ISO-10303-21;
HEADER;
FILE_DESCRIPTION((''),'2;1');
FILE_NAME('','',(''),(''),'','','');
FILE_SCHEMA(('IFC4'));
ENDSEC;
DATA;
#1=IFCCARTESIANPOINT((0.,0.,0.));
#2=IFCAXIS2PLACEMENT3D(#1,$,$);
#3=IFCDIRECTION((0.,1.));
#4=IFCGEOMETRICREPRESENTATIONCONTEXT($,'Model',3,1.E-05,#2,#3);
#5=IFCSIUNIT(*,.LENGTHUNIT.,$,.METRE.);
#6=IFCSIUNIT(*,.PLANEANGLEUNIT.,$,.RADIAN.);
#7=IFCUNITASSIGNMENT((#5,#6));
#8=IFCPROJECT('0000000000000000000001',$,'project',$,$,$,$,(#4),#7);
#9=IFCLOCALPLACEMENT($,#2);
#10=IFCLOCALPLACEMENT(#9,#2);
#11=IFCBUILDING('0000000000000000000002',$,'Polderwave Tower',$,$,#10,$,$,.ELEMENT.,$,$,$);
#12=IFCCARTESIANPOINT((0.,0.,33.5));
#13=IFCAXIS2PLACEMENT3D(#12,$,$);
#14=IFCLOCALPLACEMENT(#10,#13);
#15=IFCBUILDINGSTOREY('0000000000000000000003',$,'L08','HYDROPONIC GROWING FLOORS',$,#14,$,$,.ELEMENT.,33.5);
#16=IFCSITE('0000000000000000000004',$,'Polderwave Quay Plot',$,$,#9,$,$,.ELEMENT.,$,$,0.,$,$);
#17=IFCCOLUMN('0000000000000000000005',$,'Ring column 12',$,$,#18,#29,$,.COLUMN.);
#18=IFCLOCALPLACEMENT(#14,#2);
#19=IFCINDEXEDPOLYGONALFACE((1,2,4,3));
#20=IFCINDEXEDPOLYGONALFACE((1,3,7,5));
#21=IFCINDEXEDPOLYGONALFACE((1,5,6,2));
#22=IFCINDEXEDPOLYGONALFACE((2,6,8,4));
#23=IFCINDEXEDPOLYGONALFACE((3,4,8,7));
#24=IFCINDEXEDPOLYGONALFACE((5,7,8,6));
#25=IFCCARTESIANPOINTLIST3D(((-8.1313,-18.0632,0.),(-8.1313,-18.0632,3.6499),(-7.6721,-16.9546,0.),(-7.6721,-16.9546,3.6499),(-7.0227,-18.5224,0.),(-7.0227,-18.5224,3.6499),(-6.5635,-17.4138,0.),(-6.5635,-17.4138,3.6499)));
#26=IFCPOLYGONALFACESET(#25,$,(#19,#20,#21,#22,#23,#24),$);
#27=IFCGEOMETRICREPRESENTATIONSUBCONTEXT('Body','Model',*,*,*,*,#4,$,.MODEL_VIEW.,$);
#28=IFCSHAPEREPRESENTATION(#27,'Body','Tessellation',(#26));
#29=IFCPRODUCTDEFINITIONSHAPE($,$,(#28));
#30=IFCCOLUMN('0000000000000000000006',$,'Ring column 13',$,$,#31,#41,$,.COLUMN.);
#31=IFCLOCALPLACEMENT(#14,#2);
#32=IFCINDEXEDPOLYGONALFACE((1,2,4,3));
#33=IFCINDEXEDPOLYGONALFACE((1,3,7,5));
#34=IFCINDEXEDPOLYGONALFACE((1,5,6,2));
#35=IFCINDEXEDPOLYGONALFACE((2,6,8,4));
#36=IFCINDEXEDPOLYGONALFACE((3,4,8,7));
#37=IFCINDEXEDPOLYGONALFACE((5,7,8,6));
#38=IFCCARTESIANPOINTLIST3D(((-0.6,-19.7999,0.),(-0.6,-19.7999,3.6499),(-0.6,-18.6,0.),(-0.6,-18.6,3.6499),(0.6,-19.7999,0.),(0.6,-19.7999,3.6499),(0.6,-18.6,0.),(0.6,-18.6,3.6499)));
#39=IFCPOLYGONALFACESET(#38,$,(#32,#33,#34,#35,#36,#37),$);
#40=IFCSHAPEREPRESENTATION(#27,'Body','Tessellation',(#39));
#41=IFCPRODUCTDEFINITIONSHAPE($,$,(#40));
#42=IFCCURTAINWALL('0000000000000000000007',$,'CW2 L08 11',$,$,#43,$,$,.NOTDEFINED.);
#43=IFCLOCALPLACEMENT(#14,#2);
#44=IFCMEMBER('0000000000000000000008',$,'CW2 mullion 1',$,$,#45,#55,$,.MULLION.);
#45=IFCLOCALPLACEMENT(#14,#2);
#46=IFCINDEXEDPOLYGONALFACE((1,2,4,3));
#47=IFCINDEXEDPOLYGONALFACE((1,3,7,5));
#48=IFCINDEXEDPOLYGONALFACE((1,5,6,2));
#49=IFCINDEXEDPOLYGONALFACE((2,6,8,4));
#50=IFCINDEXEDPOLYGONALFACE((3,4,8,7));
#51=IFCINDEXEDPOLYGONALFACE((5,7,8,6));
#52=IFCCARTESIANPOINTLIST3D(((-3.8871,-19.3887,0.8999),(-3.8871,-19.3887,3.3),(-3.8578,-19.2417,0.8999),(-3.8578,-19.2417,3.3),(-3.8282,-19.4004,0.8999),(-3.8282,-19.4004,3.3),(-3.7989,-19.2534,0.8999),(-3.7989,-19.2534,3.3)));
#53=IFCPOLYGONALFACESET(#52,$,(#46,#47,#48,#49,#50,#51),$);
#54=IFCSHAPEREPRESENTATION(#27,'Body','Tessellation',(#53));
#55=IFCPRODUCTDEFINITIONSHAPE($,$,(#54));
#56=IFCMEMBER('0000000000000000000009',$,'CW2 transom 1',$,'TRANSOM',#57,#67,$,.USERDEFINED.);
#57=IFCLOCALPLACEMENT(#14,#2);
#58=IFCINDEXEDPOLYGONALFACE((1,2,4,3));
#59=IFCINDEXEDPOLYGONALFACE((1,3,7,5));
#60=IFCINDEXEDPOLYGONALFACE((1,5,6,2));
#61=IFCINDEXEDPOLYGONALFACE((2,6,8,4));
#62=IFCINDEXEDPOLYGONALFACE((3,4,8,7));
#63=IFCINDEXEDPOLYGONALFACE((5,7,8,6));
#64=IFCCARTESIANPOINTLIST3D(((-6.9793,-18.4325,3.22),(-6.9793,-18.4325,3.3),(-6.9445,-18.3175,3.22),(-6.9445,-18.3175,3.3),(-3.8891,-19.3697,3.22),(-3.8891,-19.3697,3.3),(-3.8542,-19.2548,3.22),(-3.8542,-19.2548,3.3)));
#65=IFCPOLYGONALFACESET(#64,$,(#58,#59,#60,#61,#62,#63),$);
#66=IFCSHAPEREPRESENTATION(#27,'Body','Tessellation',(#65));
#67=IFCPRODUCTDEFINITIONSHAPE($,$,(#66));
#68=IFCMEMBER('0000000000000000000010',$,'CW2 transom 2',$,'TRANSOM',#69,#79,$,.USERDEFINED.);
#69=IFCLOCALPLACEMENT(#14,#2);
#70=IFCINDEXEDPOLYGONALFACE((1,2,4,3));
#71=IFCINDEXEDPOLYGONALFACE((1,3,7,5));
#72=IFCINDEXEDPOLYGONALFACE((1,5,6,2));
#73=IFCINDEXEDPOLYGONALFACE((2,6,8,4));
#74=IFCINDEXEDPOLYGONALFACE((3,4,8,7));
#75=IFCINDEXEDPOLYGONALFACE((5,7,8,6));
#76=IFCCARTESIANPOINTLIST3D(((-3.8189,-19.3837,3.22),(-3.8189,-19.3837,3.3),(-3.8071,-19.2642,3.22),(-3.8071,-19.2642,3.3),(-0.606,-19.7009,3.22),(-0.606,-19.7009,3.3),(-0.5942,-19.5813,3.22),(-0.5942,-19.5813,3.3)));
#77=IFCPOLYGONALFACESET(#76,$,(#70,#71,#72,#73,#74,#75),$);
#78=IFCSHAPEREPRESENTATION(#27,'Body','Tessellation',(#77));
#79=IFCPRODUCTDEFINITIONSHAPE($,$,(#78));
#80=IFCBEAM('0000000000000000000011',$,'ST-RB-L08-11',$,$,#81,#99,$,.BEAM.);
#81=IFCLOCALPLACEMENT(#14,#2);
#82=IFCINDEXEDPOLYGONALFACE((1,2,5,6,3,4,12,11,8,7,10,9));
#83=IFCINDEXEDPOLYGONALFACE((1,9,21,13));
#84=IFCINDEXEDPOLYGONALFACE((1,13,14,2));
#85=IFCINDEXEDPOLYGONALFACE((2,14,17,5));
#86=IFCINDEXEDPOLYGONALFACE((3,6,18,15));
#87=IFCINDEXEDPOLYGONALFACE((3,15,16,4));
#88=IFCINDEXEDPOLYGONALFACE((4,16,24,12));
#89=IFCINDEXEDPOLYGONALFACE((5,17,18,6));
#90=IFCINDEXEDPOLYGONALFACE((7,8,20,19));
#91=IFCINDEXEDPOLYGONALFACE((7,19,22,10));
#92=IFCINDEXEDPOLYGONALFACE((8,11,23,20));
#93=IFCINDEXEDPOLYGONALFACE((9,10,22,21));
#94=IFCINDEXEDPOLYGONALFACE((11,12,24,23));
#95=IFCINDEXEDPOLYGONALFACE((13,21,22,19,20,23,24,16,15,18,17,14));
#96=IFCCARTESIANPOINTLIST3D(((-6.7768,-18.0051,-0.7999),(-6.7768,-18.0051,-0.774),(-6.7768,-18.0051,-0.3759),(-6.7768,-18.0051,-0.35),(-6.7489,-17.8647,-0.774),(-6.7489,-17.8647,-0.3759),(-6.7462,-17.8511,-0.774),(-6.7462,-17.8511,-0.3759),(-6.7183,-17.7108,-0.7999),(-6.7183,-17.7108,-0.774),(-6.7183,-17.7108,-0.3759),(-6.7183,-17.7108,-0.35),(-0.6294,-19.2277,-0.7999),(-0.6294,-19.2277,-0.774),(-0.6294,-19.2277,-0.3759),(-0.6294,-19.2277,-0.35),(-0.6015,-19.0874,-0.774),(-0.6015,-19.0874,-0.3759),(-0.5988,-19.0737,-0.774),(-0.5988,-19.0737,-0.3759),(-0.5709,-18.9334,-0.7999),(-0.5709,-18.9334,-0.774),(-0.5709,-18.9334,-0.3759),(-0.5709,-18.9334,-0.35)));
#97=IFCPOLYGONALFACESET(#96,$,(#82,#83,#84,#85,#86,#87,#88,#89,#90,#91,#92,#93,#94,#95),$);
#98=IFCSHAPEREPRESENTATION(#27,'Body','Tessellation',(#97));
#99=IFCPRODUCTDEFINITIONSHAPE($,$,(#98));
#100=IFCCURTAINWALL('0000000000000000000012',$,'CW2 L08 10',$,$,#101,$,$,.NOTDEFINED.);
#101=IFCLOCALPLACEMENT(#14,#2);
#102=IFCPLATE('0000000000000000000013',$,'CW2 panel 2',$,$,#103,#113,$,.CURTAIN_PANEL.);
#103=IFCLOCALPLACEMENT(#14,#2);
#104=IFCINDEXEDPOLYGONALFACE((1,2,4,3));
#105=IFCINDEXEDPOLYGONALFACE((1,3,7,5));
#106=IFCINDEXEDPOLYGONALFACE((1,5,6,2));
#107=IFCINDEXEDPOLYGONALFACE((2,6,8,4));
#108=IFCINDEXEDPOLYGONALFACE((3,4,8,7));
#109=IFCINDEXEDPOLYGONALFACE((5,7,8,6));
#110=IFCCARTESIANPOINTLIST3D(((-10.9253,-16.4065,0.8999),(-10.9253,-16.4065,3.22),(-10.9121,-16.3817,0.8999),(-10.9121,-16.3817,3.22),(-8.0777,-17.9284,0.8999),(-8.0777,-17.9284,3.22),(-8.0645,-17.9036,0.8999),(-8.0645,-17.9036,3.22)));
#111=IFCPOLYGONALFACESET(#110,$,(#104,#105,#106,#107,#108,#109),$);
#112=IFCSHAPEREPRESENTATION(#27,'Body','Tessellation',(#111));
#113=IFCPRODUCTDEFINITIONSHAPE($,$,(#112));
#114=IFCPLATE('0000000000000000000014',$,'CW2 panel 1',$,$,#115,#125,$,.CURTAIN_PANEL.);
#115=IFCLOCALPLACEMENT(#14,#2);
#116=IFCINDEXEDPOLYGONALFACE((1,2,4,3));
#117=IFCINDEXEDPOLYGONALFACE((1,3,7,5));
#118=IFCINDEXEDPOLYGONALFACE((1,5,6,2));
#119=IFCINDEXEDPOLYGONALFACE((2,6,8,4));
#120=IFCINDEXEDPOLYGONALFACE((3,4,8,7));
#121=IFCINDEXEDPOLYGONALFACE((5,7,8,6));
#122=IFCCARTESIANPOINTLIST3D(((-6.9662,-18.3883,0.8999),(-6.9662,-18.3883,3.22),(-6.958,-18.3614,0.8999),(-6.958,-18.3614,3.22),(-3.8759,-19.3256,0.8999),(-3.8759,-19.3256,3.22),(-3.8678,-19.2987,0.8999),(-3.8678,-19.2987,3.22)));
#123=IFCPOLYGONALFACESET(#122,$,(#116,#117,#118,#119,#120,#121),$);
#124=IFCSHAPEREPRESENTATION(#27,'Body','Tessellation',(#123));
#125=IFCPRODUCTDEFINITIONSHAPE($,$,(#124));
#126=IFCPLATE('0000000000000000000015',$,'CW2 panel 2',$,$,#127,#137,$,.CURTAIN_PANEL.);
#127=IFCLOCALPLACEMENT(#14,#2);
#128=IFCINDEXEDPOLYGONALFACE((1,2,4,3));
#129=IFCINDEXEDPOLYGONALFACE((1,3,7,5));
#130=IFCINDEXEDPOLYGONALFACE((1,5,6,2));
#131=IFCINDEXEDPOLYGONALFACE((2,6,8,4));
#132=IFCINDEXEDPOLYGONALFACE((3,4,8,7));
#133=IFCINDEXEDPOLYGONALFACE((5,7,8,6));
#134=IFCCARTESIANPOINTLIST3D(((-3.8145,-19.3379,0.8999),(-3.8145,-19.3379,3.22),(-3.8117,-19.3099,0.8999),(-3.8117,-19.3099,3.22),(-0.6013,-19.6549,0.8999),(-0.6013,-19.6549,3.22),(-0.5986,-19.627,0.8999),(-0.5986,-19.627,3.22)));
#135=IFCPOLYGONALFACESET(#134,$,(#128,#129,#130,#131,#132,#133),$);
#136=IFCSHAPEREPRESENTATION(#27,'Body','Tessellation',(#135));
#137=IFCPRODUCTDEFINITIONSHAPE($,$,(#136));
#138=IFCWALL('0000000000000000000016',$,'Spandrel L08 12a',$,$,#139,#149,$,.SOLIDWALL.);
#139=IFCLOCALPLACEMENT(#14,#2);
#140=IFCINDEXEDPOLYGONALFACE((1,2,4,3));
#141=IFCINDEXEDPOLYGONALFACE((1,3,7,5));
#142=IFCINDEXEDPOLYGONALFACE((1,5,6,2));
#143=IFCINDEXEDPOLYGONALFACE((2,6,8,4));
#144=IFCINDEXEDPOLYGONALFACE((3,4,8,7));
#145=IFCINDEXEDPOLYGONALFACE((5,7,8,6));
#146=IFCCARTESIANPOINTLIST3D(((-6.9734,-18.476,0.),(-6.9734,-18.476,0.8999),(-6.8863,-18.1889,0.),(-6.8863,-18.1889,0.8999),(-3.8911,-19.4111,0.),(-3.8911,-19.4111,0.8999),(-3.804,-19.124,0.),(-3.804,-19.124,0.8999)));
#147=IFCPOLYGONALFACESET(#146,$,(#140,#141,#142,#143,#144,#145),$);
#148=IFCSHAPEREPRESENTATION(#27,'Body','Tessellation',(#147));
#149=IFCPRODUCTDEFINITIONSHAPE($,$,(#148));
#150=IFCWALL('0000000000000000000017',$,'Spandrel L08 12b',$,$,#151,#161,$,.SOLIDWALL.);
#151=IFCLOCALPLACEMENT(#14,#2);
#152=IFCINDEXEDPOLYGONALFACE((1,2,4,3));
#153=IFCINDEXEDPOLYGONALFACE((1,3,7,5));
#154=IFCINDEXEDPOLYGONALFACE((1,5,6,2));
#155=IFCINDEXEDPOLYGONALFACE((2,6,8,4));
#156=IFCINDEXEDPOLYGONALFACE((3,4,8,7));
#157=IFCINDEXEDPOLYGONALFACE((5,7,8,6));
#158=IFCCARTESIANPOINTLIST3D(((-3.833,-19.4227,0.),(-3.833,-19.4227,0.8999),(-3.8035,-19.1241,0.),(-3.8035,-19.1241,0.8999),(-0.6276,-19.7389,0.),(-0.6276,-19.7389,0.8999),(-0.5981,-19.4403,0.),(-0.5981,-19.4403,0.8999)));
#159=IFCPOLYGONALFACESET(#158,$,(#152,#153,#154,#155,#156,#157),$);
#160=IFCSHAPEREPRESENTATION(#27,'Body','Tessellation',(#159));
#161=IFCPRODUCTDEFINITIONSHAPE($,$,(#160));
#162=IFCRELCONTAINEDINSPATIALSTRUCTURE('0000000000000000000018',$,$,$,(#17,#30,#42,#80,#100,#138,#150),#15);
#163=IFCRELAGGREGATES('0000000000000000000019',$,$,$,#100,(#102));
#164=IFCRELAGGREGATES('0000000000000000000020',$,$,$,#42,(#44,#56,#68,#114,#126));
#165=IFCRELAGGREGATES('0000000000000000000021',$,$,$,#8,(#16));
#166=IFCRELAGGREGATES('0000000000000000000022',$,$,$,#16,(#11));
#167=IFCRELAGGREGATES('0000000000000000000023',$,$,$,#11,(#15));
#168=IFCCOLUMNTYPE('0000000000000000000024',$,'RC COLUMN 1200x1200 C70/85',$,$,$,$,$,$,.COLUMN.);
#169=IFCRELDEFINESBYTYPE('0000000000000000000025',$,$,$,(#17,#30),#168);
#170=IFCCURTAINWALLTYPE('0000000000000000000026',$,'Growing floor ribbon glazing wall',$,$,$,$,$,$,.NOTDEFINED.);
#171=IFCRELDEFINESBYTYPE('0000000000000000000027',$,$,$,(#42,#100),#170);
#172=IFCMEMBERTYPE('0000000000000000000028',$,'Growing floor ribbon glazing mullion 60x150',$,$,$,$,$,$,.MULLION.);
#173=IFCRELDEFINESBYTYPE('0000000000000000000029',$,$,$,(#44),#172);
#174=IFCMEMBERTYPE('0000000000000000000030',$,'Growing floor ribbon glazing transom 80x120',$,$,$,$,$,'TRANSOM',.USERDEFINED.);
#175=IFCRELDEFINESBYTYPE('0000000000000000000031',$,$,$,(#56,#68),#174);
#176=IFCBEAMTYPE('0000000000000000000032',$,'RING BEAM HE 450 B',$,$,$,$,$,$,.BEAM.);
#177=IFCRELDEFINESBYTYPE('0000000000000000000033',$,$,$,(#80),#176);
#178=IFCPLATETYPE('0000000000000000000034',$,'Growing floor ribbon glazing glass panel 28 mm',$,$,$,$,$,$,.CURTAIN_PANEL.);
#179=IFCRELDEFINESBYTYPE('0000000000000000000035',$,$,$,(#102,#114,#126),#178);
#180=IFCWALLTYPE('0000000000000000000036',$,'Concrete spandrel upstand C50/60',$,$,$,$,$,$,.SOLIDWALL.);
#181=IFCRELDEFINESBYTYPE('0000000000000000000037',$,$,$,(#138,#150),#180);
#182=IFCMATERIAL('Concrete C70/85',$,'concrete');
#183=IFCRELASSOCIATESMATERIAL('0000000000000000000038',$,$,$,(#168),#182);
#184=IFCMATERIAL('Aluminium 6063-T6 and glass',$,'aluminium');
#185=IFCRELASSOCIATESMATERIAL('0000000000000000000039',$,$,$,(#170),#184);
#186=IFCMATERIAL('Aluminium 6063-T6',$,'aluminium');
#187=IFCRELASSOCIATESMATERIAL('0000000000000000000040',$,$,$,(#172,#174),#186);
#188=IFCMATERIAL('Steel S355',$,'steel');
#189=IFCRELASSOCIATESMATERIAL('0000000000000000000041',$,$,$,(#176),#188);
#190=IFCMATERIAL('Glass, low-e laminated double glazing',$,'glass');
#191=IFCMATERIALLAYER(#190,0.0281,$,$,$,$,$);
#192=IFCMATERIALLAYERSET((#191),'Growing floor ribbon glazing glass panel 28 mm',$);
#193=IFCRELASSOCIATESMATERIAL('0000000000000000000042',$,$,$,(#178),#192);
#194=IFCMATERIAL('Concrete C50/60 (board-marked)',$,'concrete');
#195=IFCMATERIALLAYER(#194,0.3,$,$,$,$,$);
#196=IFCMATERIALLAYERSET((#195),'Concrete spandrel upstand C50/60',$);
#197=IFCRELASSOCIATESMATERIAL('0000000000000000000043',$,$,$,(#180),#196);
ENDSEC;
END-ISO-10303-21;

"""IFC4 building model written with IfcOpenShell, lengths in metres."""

from ifc_helpers import new_model, si_unit, direction, frame, frame_2d, origin, origin_2d, place, context, subcontext, project, spatial, rectangle, i_section, extrude, material, layer, layer_set, material_profile, profile_set, type_object, element, aggregate, save


model = new_model("IFC4")

# Units and contexts
model_context = context("Model", 3, precision=1e-05, world=origin(), true_north=direction((0.0, 1.0)))
body_context = subcontext(model_context, "Body", "Model", "MODEL_VIEW")
ifc_project = project(units=[si_unit("LENGTHUNIT", "METRE"), si_unit("PLANEANGLEUNIT", "RADIAN")], contexts=[model_context])

# Site, building, storey
site_placement = place(None, origin())
site = spatial("IfcSite", under=ifc_project, at=site_placement, Name="Polderwave Quay Plot", CompositionType="ELEMENT", RefElevation=0.0)
building_placement = place(site_placement, origin())
building = spatial("IfcBuilding", under=site, at=building_placement, Name="Polderwave Tower", CompositionType="ELEMENT")
storey_placement = place(building_placement, frame((0.0, 0.0, 33.5)))
storey = spatial("IfcBuildingStorey", under=building, at=storey_placement, Name="L08", Description="HYDROPONIC GROWING FLOORS", CompositionType="ELEMENT", Elevation=33.5)

# Columns
ifc_material_1 = material(Name="Concrete C70/85", Category="concrete")
ifc_material_profile_1 = material_profile(ifc_material_1, rectangle(XDim=1.2, YDim=1.2, at=origin_2d()), Name="RC 1200x1200")
ifc_profile_set_1 = profile_set([ifc_material_profile_1], Name="Concrete C70/85")
column_type = type_object("IfcColumnType", Name="RC COLUMN 1200x1200 C70/85", PredefinedType="COLUMN", material=ifc_profile_set_1)
for number, where, z_axis, x_axis, name in (
    (1, (-7.3474, -17.7385, 0.0), (0.0, 0.0, 1.0), (-0.382683, -0.92388, 0.0), "Ring column 12"),
    (2, (0.0, -19.2, 0.0), (0.0, 0.0, 1.0), (0.0, -1.0, 0.0), "Ring column 13"),
):
    element("IfcColumn", number, at=place(storey_placement, frame(where, z_axis=z_axis, x_axis=x_axis)), inside=storey, type_object=column_type, Name=name, PredefinedType="COLUMN", context=body_context, shape_type="SweptSolid", body=[
        extrude(rectangle(XDim=1.2, YDim=1.2, at=origin_2d()), origin(), (0.0, 0.0, 1.0), 3.6499),
    ])

# Curtain wall, members
ifc_material_2 = material(Name="Aluminium 6063-T6 and glass", Category="aluminium")
curtain_wall_type = type_object("IfcCurtainWallType", Name="Growing floor ribbon glazing wall", PredefinedType="NOTDEFINED", material=ifc_material_2)
curtain_wall_1_placement = place(storey_placement, origin())
curtain_wall_1 = element("IfcCurtainWall", 3, at=curtain_wall_1_placement, inside=storey, type_object=curtain_wall_type, Name="CW2 L08 11", PredefinedType="NOTDEFINED")
ifc_material_3 = material(Name="Aluminium 6063-T6", Category="aluminium")
ifc_material_profile_2 = material_profile(ifc_material_3, rectangle(XDim=0.1499, YDim=0.0601, at=origin_2d()), Name="AL 60x150")
ifc_profile_set_2 = profile_set([ifc_material_profile_2], Name="Aluminium 6063-T6")
member_type_1 = type_object("IfcMemberType", Name="Growing floor ribbon glazing mullion 60x150", PredefinedType="MULLION", material=ifc_profile_set_2)
member_1_placement = place(storey_placement, frame((-3.843, -19.321, 0.8999), z_axis=(0.0, 0.0, 1.0), x_axis=(0.195159, 0.980772, 0.0)))
member_1 = element("IfcMember", 4, at=member_1_placement, type_object=member_type_1, Name="CW2 mullion 1", PredefinedType="MULLION", context=body_context, shape_type="SweptSolid", body=[
    extrude(rectangle(XDim=0.1499, YDim=0.0601, at=origin_2d()), origin(), (0.0, 0.0, 1.0), 2.4001),
])
ifc_material_profile_3 = material_profile(ifc_material_3, rectangle(XDim=0.1201, YDim=0.0801, at=origin_2d()), Name="AL 80x120")
ifc_profile_set_3 = profile_set([ifc_material_profile_3], Name="Aluminium 6063-T6")
member_type_2 = type_object("IfcMemberType", Name="Growing floor ribbon glazing transom 80x120", ElementType="TRANSOM", PredefinedType="USERDEFINED", material=ifc_profile_set_3)
member_2_placement = place(storey_placement, frame((-6.9619, -18.375, 3.26), z_axis=(0.956956, -0.290232, 0.0), x_axis=(0.290232, 0.956956, 0.0)))
member_2 = element("IfcMember", 5, at=member_2_placement, type_object=member_type_2, Name="CW2 transom 1", ObjectType="TRANSOM", PredefinedType="USERDEFINED", context=body_context, shape_type="SweptSolid", body=[
    extrude(rectangle(XDim=0.1201, YDim=0.0801, at=origin_2d()), origin(), (0.0, 0.0, 1.0), 3.2292),
])
member_3_placement = place(storey_placement, frame((-3.813, -19.324, 3.26), z_axis=(0.995164, -0.098231, 0.0), x_axis=(0.098231, 0.995164, 0.0)))
member_3 = element("IfcMember", 6, at=member_3_placement, type_object=member_type_2, Name="CW2 transom 2", ObjectType="TRANSOM", PredefinedType="USERDEFINED", context=body_context, shape_type="SweptSolid", body=[
    extrude(rectangle(XDim=0.1201, YDim=0.0801, at=origin_2d()), origin(), (0.0, 0.0, 1.0), 3.2285),
])

# Beam
ifc_material_4 = material(Name="Steel S355", Category="steel")
ifc_material_profile_4 = material_profile(ifc_material_4, i_section(OverallWidth=0.3, OverallDepth=0.45, WebThickness=0.0139, FlangeThickness=0.0259, at=origin_2d()), Name="HE 450 B")
ifc_profile_set_4 = profile_set([ifc_material_profile_4], Name="Steel S355")
beam_type = type_object("IfcBeamType", Name="RING BEAM HE 450 B", PredefinedType="BEAM", material=ifc_profile_set_4)
beam_placement = place(storey_placement, frame((-6.7476, -17.8579, -0.575), z_axis=(0.98079, -0.195067, 0.0), x_axis=(0.195067, 0.98079, 0.0)))
element("IfcBeam", 7, at=beam_placement, inside=storey, type_object=beam_type, Name="ST-RB-L08-11", PredefinedType="BEAM", context=body_context, shape_type="SweptSolid", body=[
    extrude(i_section(OverallWidth=0.3, OverallDepth=0.45, WebThickness=0.0139, FlangeThickness=0.0259, at=origin_2d()), origin(), (0.0, 0.0, 1.0), 6.2678),
])

# Curtain wall, plate
curtain_wall_2_placement = place(storey_placement, origin())
curtain_wall_2 = element("IfcCurtainWall", 8, at=curtain_wall_2_placement, inside=storey, type_object=curtain_wall_type, Name="CW2 L08 10", PredefinedType="NOTDEFINED")
ifc_material_5 = material(Name="Glass, low-e laminated double glazing", Category="glass")
ifc_layer_1 = layer(ifc_material_5, 0.0281)
ifc_layer_set_1 = layer_set([ifc_layer_1], Name="Growing floor ribbon glazing glass panel 28 mm")
plate_type = type_object("IfcPlateType", Name="Growing floor ribbon glazing glass panel 28 mm", PredefinedType="CURTAIN_PANEL", material=ifc_layer_set_1)
plate_1_placement = place(storey_placement, frame((-9.4949, -17.155, 0.8999), z_axis=(0.0, 0.0, 1.0), x_axis=(0.881945, -0.471352, 0.0)))
plate_1 = element("IfcPlate", 9, at=plate_1_placement, type_object=plate_type, Name="CW2 panel 2", PredefinedType="CURTAIN_PANEL", context=body_context, shape_type="SweptSolid", body=[
    extrude(rectangle(XDim=3.2288, YDim=0.0281, at=origin_2d()), origin(), (0.0, 0.0, 1.0), 2.3201),
])
aggregate(curtain_wall_2, [plate_1])

# Plates
plate_2_placement = place(storey_placement, frame((-5.417, -18.8435, 0.8999), z_axis=(0.0, 0.0, 1.0), x_axis=(0.956952, -0.290246, 0.0)))
plate_2 = element("IfcPlate", 10, at=plate_2_placement, type_object=plate_type, Name="CW2 panel 1", PredefinedType="CURTAIN_PANEL", context=body_context, shape_type="SweptSolid", body=[
    extrude(rectangle(XDim=3.2292, YDim=0.0281, at=origin_2d()), origin(), (0.0, 0.0, 1.0), 2.3201),
])
plate_3_placement = place(storey_placement, frame((-2.2065, -19.4824, 0.8999), z_axis=(0.0, 0.0, 1.0), x_axis=(0.995167, -0.098198, 0.0)))
plate_3 = element("IfcPlate", 11, at=plate_3_placement, type_object=plate_type, Name="CW2 panel 2", PredefinedType="CURTAIN_PANEL", context=body_context, shape_type="SweptSolid", body=[
    extrude(rectangle(XDim=3.2288, YDim=0.0281, at=origin_2d()), origin(), (0.0, 0.0, 1.0), 2.3201),
])
aggregate(curtain_wall_1, [member_1, member_2, member_3, plate_2, plate_3])

# Walls
ifc_material_6 = material(Name="Concrete C50/60 (board-marked)", Category="concrete")
ifc_layer_2 = layer(ifc_material_6, 0.3)
ifc_layer_set_2 = layer_set([ifc_layer_2], Name="Concrete spandrel upstand C50/60")
wall_type_1 = type_object("IfcWallType", Name="Concrete spandrel upstand C50/60", PredefinedType="SOLIDWALL", material=ifc_layer_set_2)
for number, where, z_axis, x_axis, name in (
    (12, (-6.9297, -18.3325, 0.0), (0.0, 0.0, 1.0), (0.956935, -0.290302, 0.0), "Spandrel L08 12a"),
    (13, (-3.8181, -19.2734, 0.0), (0.0, 0.0, 1.0), (0.995171, -0.09816, 0.0), "Spandrel L08 12b"),
):
    element("IfcWall", number, at=place(storey_placement, frame(where, z_axis=z_axis, x_axis=x_axis)), inside=storey, type_object=wall_type_1, Name=name, PredefinedType="SOLIDWALL", context=body_context, shape_type="SweptSolid", body=[
        extrude(rectangle(XDim=3.2209, YDim=0.3, at=frame_2d((1.6104, 0.0))), origin(), (0.0, 0.0, 1.0), 0.8999),
    ])

save(model, "model.ifc")
